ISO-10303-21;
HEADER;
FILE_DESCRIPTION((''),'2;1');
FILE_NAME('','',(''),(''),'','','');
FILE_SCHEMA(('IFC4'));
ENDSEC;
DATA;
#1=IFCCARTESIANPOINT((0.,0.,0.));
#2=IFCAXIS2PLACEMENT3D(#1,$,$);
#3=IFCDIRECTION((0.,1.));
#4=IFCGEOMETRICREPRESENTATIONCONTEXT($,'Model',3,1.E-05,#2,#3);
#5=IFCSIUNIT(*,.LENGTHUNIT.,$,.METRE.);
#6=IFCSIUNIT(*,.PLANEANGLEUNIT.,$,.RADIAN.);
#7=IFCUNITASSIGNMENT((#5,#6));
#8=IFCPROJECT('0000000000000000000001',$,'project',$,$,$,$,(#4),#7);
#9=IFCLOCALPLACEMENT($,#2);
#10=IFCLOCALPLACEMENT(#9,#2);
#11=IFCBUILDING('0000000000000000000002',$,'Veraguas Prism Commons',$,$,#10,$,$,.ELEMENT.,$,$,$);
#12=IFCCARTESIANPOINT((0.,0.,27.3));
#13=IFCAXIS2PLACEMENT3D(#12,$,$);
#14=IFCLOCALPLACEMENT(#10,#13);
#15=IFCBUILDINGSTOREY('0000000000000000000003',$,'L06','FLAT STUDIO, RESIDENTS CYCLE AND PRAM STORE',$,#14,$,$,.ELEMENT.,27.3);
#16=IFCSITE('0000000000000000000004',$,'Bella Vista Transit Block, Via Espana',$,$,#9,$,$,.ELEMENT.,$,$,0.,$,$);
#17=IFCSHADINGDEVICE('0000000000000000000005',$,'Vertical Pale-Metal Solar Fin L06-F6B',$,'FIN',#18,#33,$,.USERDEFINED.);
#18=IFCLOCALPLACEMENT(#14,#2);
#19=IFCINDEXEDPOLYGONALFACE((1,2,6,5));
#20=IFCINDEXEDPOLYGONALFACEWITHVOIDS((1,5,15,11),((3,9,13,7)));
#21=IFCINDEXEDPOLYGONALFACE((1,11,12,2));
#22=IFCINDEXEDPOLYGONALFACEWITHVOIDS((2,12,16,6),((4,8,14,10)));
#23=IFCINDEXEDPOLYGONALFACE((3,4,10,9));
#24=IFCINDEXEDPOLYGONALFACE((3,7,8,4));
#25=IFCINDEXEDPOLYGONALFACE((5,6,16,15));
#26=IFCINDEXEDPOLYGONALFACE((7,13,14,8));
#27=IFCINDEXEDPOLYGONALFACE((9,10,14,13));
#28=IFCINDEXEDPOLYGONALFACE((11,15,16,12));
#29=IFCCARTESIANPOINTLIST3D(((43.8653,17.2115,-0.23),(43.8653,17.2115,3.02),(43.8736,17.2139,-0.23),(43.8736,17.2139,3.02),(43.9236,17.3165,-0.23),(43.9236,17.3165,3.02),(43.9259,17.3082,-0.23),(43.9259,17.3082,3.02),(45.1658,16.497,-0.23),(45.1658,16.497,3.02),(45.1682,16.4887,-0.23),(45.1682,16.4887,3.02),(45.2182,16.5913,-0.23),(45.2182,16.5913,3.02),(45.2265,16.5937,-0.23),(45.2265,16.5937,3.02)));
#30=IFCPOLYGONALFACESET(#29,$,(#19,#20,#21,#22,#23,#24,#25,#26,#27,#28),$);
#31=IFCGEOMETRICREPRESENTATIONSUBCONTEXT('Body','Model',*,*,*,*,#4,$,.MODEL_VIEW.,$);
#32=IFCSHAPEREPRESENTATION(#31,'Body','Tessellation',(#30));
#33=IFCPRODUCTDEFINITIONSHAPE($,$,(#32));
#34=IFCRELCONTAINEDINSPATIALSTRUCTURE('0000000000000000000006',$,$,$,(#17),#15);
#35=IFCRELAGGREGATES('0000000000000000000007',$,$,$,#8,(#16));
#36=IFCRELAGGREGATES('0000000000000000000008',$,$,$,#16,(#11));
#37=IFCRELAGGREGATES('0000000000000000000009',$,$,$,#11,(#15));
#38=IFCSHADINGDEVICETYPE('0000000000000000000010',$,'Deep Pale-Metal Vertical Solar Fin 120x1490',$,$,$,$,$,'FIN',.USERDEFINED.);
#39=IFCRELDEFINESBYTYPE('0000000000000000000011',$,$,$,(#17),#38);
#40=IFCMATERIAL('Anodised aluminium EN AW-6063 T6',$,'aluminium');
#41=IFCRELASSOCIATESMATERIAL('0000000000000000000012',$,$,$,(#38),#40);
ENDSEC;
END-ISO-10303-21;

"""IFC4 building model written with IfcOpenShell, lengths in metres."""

from ifc_helpers import new_model, si_unit, direction, frame, origin, origin_2d, place, context, subcontext, project, spatial, hollow_rectangle, extrude, material, material_profile, profile_set, type_object, element, save


model = new_model("IFC4")

# Units and contexts
model_context = context("Model", 3, precision=1e-05, world=origin(), true_north=direction((0.0, 1.0)))
body_context = subcontext(model_context, "Body", "Model", "MODEL_VIEW")
ifc_project = project(units=[si_unit("LENGTHUNIT", "METRE"), si_unit("PLANEANGLEUNIT", "RADIAN")], contexts=[model_context])

# Site, building, storey
site_placement = place(None, origin())
site = spatial("IfcSite", under=ifc_project, at=site_placement, Name="Bella Vista Transit Block, Via Espana", CompositionType="ELEMENT", RefElevation=0.0)
building_placement = place(site_placement, origin())
building = spatial("IfcBuilding", under=site, at=building_placement, Name="Veraguas Prism Commons", CompositionType="ELEMENT")
storey_placement = place(building_placement, frame((0.0, 0.0, 27.3)))
storey = spatial("IfcBuildingStorey", under=building, at=storey_placement, Name="L06", Description="FLAT STUDIO, RESIDENTS CYCLE AND PRAM STORE", CompositionType="ELEMENT", Elevation=27.3)

# Shared definitions
ifc_material_1 = material(Name="Anodised aluminium EN AW-6063 T6", Category="aluminium")

# Shading device
ifc_material_profile_1 = material_profile(ifc_material_1, hollow_rectangle(XDim=0.1201, YDim=1.49, WallThickness=0.0061, at=origin_2d()), Name="FIN120X1490X6")
ifc_profile_set_1 = profile_set([ifc_material_profile_1], Name="Anodised aluminium EN AW-6063 T6")
shading_device_type = type_object("IfcShadingDeviceType", Name="Deep Pale-Metal Vertical Solar Fin 120x1490", ElementType="FIN", PredefinedType="USERDEFINED", material=ifc_profile_set_1)
shading_device_placement = place(storey_placement, frame((44.5459, 16.9026, -0.23), z_axis=(0.0, 0.0, 1.0), x_axis=(0.485115, 0.87445, 0.0)))
element("IfcShadingDevice", 1, at=shading_device_placement, inside=storey, type_object=shading_device_type, Name="Vertical Pale-Metal Solar Fin L06-F6B", ObjectType="FIN", PredefinedType="USERDEFINED", context=body_context, shape_type="SweptSolid", body=[
    extrude(hollow_rectangle(XDim=0.1201, YDim=1.49, WallThickness=0.0061, at=origin_2d()), origin(), (0.0, 0.0, 1.0), 3.25),
])

save(model, "model.ifc")
